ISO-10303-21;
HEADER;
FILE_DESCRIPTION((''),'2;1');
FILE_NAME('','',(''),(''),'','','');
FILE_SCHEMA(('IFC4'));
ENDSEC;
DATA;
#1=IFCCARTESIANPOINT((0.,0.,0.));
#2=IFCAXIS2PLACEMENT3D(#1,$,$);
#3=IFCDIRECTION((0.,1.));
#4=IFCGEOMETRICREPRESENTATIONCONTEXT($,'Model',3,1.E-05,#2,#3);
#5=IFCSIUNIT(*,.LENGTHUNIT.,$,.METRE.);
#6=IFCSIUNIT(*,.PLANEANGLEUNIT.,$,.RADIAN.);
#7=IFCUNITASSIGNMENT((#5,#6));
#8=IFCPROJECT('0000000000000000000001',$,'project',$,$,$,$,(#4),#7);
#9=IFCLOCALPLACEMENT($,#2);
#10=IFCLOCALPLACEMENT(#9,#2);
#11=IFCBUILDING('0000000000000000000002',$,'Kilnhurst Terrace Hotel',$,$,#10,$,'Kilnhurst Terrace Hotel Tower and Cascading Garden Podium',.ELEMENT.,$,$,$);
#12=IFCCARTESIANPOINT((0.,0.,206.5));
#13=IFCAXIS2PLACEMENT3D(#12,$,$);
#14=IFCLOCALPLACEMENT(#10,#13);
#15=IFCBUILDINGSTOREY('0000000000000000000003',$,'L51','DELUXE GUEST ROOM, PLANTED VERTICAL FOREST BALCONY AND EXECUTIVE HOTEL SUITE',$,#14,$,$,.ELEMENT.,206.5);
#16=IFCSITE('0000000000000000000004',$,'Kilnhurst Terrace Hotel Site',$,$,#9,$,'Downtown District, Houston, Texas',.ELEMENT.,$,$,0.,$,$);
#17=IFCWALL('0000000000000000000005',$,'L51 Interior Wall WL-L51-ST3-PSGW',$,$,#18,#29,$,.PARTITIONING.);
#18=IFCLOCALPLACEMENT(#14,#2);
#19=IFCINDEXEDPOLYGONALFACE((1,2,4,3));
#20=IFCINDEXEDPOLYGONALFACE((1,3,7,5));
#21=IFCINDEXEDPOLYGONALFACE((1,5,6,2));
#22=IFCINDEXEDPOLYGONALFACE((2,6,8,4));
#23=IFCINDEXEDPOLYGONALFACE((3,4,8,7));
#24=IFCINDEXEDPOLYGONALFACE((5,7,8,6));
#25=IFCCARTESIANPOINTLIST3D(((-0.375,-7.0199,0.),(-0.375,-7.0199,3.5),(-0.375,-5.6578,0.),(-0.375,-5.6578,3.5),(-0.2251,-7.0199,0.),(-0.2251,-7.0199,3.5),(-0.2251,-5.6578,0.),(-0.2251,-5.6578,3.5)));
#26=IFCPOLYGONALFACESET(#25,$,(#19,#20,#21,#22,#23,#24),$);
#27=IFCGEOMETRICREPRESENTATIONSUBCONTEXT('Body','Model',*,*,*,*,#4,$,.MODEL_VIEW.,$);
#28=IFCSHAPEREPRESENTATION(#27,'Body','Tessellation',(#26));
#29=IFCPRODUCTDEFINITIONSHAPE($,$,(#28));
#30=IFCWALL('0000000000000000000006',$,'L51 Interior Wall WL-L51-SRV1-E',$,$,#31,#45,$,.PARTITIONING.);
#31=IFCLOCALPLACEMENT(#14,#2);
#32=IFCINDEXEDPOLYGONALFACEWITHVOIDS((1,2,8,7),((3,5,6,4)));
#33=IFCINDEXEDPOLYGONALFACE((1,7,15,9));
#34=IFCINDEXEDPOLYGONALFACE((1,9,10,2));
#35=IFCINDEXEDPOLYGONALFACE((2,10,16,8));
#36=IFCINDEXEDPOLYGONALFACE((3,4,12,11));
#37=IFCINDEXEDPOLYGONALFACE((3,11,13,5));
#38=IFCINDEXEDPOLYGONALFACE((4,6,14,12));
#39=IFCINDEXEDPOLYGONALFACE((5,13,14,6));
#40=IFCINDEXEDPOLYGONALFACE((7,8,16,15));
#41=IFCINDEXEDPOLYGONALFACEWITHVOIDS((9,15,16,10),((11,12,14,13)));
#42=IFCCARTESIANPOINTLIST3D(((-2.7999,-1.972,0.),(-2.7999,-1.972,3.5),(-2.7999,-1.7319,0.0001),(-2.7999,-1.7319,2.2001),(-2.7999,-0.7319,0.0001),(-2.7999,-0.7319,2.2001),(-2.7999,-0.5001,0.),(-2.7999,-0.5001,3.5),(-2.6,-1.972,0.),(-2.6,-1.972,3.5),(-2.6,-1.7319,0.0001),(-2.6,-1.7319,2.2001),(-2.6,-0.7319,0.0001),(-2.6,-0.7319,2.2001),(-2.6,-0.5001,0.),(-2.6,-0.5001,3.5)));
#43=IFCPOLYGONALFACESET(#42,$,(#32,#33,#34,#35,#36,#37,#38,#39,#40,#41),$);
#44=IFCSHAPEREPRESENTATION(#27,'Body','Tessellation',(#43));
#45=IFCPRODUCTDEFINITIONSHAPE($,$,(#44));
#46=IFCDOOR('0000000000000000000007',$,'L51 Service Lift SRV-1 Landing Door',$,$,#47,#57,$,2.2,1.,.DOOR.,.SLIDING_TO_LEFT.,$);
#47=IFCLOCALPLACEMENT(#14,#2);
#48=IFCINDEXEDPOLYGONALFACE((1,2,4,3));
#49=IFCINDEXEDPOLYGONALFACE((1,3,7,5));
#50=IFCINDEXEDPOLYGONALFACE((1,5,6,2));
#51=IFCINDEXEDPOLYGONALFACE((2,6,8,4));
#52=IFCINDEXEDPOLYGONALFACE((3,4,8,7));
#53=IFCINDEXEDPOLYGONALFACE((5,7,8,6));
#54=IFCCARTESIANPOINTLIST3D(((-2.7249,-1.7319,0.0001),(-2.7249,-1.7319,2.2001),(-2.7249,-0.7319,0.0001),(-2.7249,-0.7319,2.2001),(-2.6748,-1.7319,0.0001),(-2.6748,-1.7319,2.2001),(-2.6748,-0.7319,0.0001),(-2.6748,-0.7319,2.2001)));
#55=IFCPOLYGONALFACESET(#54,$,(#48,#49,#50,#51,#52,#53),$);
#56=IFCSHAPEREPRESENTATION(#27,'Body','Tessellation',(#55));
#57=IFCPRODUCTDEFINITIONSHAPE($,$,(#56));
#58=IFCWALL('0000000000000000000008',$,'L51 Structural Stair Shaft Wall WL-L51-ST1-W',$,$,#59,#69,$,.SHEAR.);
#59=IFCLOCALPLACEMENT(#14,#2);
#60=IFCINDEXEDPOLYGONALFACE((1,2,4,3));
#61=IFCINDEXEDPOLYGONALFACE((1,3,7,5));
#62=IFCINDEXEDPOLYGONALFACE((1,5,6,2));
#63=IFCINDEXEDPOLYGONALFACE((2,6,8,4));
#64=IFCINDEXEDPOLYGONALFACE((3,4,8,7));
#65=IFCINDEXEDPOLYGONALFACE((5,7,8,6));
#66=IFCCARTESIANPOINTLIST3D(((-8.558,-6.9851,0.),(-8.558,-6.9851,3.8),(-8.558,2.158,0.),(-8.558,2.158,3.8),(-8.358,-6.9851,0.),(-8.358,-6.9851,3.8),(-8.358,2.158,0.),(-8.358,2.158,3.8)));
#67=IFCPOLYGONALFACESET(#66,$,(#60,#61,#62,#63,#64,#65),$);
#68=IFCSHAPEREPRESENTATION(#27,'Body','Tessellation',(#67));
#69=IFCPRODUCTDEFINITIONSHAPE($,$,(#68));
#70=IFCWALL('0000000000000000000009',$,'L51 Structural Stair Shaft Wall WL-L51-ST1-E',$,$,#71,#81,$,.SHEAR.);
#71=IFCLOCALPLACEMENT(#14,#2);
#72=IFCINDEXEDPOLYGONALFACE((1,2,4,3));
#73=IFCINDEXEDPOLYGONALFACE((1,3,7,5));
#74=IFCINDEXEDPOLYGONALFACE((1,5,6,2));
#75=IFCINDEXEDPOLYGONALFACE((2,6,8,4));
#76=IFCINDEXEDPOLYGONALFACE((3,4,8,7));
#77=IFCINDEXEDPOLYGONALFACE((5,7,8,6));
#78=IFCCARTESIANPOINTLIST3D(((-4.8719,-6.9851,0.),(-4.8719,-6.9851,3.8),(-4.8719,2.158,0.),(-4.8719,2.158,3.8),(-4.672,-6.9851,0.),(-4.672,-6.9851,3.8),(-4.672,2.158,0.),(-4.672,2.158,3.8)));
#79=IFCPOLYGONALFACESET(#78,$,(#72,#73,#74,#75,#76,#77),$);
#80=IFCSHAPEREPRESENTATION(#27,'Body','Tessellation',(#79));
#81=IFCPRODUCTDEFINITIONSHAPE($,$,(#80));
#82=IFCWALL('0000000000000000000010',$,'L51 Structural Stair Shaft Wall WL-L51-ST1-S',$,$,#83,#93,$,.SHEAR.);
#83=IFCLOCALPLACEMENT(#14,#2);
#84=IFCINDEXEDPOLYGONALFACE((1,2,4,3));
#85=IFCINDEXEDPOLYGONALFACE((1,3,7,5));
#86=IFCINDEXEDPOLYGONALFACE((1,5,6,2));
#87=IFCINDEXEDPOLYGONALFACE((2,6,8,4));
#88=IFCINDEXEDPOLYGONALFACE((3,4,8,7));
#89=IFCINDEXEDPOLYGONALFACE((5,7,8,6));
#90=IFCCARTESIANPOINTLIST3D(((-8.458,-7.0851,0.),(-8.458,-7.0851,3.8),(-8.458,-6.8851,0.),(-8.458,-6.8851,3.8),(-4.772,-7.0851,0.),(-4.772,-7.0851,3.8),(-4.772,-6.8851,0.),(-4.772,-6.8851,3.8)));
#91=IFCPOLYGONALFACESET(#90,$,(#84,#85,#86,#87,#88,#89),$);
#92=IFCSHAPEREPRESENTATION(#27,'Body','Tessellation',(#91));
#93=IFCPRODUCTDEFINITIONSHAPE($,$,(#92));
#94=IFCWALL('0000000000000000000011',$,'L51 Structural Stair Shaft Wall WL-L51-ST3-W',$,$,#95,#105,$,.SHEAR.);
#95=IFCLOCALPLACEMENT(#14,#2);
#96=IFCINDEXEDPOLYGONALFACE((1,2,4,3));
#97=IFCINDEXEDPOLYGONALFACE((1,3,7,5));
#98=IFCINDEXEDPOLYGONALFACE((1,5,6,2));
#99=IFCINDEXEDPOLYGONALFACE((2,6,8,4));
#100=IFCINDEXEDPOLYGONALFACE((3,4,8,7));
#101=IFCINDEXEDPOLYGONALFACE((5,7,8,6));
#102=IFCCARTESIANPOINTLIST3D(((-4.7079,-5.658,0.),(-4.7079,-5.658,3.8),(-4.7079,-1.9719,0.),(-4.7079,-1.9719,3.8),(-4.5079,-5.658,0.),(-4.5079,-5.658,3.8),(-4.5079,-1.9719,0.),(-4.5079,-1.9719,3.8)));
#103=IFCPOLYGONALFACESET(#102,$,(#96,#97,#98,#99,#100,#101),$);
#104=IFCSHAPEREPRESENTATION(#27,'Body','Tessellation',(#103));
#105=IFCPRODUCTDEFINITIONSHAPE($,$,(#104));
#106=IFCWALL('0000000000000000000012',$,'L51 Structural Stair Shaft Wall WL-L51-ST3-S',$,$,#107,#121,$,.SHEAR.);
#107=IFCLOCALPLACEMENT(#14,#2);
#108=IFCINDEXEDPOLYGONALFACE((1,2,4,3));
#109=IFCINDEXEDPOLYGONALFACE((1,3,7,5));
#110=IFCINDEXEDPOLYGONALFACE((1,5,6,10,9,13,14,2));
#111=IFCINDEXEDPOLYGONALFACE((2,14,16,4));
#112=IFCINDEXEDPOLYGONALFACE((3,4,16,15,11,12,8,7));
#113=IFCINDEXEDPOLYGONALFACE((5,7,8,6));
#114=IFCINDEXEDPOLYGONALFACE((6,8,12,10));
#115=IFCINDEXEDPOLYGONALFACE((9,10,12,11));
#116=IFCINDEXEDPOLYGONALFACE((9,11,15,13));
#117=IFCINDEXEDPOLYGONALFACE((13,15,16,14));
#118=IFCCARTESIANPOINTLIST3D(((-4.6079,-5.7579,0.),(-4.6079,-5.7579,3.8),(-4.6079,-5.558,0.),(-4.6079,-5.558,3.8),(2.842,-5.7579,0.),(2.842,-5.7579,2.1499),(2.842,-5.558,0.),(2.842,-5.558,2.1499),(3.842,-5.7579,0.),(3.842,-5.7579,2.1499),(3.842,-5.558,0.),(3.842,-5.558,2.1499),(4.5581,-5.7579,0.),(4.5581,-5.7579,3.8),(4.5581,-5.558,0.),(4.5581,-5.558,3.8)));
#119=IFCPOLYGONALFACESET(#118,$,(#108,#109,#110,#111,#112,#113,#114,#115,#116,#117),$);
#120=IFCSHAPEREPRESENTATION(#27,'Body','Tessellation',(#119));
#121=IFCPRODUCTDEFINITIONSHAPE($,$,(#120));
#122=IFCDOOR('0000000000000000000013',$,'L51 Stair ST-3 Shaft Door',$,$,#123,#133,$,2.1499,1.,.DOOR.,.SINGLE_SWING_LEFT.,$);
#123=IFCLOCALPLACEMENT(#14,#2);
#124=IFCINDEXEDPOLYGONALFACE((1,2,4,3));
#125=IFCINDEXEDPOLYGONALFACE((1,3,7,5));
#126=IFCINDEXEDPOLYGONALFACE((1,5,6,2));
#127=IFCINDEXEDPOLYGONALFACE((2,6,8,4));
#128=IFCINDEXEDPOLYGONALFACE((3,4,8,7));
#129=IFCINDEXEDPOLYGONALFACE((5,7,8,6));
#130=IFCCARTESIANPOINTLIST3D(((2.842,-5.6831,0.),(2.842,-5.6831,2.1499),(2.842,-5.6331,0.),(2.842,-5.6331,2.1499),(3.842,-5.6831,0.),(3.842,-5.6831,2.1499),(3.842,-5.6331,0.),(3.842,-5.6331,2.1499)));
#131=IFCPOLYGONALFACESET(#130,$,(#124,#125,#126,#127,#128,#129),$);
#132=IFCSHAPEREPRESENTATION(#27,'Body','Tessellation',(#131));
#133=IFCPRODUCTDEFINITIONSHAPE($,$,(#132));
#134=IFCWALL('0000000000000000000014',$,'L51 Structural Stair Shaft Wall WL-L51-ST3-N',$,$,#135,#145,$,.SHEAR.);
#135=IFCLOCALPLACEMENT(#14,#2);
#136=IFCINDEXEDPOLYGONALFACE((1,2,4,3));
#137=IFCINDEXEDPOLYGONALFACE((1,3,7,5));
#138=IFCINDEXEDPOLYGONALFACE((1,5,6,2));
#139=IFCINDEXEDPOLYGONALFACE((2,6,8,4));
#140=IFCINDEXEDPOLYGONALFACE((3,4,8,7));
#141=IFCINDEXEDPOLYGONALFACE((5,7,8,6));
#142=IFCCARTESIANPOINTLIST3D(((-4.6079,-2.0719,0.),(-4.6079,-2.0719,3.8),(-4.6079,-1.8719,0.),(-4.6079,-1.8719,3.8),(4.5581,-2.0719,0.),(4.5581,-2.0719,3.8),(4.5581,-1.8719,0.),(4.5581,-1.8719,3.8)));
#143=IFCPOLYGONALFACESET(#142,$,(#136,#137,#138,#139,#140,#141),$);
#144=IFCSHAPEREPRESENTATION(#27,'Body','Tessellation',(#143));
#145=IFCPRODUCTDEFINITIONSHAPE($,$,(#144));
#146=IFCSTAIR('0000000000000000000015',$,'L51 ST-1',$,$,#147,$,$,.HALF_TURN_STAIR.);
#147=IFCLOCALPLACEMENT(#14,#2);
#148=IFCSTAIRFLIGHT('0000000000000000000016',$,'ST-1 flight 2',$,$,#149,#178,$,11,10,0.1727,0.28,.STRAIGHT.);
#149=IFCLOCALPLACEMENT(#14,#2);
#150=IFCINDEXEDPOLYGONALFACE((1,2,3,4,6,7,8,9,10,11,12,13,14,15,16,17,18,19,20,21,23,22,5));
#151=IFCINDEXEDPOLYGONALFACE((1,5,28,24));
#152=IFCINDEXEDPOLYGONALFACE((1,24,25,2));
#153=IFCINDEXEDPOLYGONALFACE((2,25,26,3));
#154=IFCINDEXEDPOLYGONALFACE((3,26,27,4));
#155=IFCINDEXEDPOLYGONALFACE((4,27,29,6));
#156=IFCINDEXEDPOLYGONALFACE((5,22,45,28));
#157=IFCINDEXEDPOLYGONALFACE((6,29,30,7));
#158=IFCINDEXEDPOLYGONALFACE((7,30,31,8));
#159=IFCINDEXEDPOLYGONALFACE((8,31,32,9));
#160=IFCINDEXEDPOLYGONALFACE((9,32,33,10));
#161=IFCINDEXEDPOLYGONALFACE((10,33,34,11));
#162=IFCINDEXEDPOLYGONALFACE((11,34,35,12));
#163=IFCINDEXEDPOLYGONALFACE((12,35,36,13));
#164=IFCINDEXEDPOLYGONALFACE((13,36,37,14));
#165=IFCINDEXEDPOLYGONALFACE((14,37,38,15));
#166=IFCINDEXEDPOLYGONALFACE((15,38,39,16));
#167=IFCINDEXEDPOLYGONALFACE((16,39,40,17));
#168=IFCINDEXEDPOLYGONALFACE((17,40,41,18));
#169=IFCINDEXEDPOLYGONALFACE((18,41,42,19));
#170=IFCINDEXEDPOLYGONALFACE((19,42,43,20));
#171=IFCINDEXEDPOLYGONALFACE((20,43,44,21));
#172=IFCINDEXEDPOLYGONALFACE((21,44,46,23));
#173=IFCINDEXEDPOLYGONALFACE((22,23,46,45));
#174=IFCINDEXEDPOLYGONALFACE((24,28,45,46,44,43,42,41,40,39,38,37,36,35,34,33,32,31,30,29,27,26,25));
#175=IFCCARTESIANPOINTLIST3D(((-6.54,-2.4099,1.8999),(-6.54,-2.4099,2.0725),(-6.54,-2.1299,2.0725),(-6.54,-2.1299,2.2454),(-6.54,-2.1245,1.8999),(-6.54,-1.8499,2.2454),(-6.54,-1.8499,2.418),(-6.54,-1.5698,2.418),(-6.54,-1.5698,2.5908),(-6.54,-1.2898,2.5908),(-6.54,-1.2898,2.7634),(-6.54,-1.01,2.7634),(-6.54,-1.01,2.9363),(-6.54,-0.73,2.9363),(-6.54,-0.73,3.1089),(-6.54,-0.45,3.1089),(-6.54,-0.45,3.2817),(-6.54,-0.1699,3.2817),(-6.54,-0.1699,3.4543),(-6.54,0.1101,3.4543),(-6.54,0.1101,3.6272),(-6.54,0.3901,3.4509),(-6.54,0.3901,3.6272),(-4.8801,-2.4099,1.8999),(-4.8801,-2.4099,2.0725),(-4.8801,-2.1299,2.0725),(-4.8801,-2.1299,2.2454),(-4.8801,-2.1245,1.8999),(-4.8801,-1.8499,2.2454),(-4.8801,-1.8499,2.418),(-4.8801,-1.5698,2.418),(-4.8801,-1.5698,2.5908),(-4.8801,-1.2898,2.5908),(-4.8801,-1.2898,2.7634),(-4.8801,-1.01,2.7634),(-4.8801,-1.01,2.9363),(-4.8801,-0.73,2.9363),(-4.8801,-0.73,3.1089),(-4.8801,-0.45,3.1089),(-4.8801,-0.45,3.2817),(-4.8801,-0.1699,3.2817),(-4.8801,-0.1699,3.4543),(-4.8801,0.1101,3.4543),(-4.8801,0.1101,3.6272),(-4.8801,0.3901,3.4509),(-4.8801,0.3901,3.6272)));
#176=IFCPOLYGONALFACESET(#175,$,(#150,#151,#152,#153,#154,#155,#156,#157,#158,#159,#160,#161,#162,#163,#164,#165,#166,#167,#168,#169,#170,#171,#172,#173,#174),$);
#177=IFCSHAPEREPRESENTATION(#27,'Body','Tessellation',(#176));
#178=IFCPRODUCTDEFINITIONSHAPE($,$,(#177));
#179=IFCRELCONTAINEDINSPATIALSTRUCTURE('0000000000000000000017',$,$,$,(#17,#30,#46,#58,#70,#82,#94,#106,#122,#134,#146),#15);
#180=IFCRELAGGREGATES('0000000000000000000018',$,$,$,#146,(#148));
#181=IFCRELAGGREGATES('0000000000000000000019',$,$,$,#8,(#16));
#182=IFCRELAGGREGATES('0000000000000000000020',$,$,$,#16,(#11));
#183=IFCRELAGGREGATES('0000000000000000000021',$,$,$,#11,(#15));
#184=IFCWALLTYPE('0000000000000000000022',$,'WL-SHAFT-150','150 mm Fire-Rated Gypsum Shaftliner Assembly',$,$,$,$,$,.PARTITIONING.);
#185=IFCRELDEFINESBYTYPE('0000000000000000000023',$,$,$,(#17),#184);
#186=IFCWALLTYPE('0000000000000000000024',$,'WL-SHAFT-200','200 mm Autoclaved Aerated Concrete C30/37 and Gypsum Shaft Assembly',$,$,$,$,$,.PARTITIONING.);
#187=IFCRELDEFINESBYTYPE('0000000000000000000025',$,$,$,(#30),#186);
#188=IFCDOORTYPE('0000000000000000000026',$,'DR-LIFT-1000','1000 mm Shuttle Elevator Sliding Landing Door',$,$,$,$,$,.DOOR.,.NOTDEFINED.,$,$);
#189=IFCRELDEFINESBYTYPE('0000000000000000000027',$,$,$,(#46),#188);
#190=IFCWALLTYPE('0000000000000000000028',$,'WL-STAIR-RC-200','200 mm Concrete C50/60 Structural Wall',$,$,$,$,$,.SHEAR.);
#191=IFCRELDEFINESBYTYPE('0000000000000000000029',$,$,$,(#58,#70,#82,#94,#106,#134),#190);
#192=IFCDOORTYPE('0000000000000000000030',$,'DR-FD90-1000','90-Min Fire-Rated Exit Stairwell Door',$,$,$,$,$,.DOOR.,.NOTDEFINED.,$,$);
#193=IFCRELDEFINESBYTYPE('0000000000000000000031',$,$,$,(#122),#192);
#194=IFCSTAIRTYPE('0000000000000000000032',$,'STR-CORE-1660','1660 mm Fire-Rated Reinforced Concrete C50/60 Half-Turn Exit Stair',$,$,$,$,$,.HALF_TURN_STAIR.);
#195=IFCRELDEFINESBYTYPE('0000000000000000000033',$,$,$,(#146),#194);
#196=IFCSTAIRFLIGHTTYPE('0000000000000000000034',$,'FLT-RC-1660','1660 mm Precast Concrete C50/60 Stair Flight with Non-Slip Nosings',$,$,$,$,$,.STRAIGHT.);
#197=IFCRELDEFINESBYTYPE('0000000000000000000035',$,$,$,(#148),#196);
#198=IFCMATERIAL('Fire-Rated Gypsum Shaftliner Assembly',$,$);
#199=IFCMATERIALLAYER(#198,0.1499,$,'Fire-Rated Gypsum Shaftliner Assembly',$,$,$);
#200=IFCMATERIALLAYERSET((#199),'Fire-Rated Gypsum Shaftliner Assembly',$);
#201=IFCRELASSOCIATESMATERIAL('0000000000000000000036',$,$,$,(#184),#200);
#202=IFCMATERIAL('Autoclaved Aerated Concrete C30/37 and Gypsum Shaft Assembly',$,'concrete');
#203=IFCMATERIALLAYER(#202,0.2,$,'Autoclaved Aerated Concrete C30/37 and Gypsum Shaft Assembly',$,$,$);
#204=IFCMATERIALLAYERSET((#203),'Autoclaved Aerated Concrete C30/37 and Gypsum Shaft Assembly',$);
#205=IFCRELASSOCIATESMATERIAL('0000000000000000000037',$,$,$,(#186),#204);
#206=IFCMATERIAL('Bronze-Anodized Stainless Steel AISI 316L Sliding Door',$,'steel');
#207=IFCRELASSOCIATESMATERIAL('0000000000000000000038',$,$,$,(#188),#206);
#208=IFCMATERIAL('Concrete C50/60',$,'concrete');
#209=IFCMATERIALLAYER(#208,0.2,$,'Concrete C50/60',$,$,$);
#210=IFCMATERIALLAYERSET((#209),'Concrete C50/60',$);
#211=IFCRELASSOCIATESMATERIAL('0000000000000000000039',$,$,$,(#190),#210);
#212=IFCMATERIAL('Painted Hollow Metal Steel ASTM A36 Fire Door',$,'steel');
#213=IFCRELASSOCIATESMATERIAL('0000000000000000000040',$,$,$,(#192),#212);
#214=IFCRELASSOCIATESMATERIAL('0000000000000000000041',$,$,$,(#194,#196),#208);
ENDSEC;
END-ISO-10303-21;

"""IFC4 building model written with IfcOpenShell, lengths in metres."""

from ifc_helpers import new_model, si_unit, direction, frame, frame_2d, origin, place, context, subcontext, project, spatial, polyline, rectangle, outline, extrude, material, layer, layer_set, type_object, element, fill, aggregate, save


model = new_model("IFC4")

# Units and contexts
model_context = context("Model", 3, precision=1e-05, world=origin(), true_north=direction((0.0, 1.0)))
body_context = subcontext(model_context, "Body", "Model", "MODEL_VIEW")
ifc_project = project(units=[si_unit("LENGTHUNIT", "METRE"), si_unit("PLANEANGLEUNIT", "RADIAN")], contexts=[model_context])

# Site, building, storey
site_placement = place(None, origin())
site = spatial("IfcSite", under=ifc_project, at=site_placement, Name="Kilnhurst Terrace Hotel Site", LongName="Downtown District, Houston, Texas", CompositionType="ELEMENT", RefElevation=0.0)
building_placement = place(site_placement, origin())
building = spatial("IfcBuilding", under=site, at=building_placement, Name="Kilnhurst Terrace Hotel", LongName="Kilnhurst Terrace Hotel Tower and Cascading Garden Podium", CompositionType="ELEMENT")
storey_placement = place(building_placement, frame((0.0, 0.0, 206.5)))
storey = spatial("IfcBuildingStorey", under=building, at=storey_placement, Name="L51", Description="DELUXE GUEST ROOM, PLANTED VERTICAL FOREST BALCONY AND EXECUTIVE HOTEL SUITE", CompositionType="ELEMENT", Elevation=206.5)

# Shared definitions
ifc_material_1 = material(Name="Painted Hollow Metal Steel ASTM A36 Fire Door", Category="steel")

# Wall
ifc_material_2 = material(Name="Fire-Rated Gypsum Shaftliner Assembly")
ifc_layer_1 = layer(ifc_material_2, 0.1499, Name="Fire-Rated Gypsum Shaftliner Assembly")
ifc_layer_set_1 = layer_set([ifc_layer_1], Name="Fire-Rated Gypsum Shaftliner Assembly")
wall_type_1 = type_object("IfcWallType", Name="WL-SHAFT-150", Description="150 mm Fire-Rated Gypsum Shaftliner Assembly", PredefinedType="PARTITIONING", material=ifc_layer_set_1)
wall_1_placement = place(storey_placement, frame((-0.3, -7.02, 0.0), z_axis=(0.0, 0.0, 1.0), x_axis=(0.0, 1.0, 0.0)))
element("IfcWall", 1, at=wall_1_placement, inside=storey, type_object=wall_type_1, Name="L51 Interior Wall WL-L51-ST3-PSGW", PredefinedType="PARTITIONING", context=body_context, shape_type="SweptSolid", body=[
    extrude(rectangle(XDim=1.3621, YDim=0.1499, at=frame_2d((0.6812, 0.0))), origin(), (0.0, 0.0, 1.0), 3.5),
])

# Wall, opening, door
ifc_material_3 = material(Name="Autoclaved Aerated Concrete C30/37 and Gypsum Shaft Assembly", Category="concrete")
ifc_layer_2 = layer(ifc_material_3, 0.2, Name="Autoclaved Aerated Concrete C30/37 and Gypsum Shaft Assembly")
ifc_layer_set_2 = layer_set([ifc_layer_2], Name="Autoclaved Aerated Concrete C30/37 and Gypsum Shaft Assembly")
wall_type_2 = type_object("IfcWallType", Name="WL-SHAFT-200", Description="200 mm Autoclaved Aerated Concrete C30/37 and Gypsum Shaft Assembly", PredefinedType="PARTITIONING", material=ifc_layer_set_2)
wall_2_placement = place(storey_placement, frame((-2.7, -1.9719, 0.0), z_axis=(0.0, 0.0, 1.0), x_axis=(0.0, 1.0, 0.0)))
wall_2 = element("IfcWall", 2, at=wall_2_placement, inside=storey, type_object=wall_type_2, Name="L51 Interior Wall WL-L51-SRV1-E", PredefinedType="PARTITIONING", context=body_context, shape_type="SweptSolid", body=[
    extrude(rectangle(XDim=1.4719, YDim=0.2, at=frame_2d((0.7358, 0.0))), origin(), (0.0, 0.0, 1.0), 3.5),
])
opening_1_placement = place(wall_2_placement, frame((0.24, 0.0, 0.0)))
opening_1 = element("IfcOpeningElement", 3, at=opening_1_placement, cuts=wall_2, PredefinedType="OPENING", context=body_context, shape_type="SweptSolid", body=[
    extrude(rectangle(XDim=1.0, YDim=2.2, at=frame_2d((0.5, 1.1001))), frame((0.0, 0.1099, 0.0), z_axis=(0.0, -1.0, 0.0), x_axis=(1.0, 0.0, 0.0)), (0.0, 0.0, 1.0), 0.22),
])
ifc_material_4 = material(Name="Bronze-Anodized Stainless Steel AISI 316L Sliding Door", Category="steel")
door_type_1 = type_object("IfcDoorType", Name="DR-LIFT-1000", Description="1000 mm Shuttle Elevator Sliding Landing Door", OperationType="NOTDEFINED", PredefinedType="DOOR", material=ifc_material_4)
door_1_placement = place(opening_1_placement, origin())
door_1 = element("IfcDoor", 4, at=door_1_placement, inside=storey, type_object=door_type_1, Name="L51 Service Lift SRV-1 Landing Door", OperationType="SLIDING_TO_LEFT", OverallHeight=2.2, OverallWidth=1.0, PredefinedType="DOOR", context=body_context, shape_type="SweptSolid", body=[
    extrude(rectangle(XDim=1.0, YDim=2.2, at=frame_2d((0.5, 1.1001))), frame((0.0, 0.0249, 0.0), z_axis=(0.0, -1.0, 0.0), x_axis=(1.0, 0.0, 0.0)), (0.0, 0.0, 1.0), 0.05),
])
fill(opening_1, door_1)

# Walls
ifc_material_5 = material(Name="Concrete C50/60", Category="concrete")
ifc_layer_3 = layer(ifc_material_5, 0.2, Name="Concrete C50/60")
ifc_layer_set_3 = layer_set([ifc_layer_3], Name="Concrete C50/60")
wall_type_3 = type_object("IfcWallType", Name="WL-STAIR-RC-200", Description="200 mm Concrete C50/60 Structural Wall", PredefinedType="SHEAR", material=ifc_layer_set_3)
for number, where, z_axis, x_axis, name in (
    (5, (-8.458, -6.9851, 0.0), (0.0, 0.0, 1.0), (0.0, 1.0, 0.0), "L51 Structural Stair Shaft Wall WL-L51-ST1-W"),
    (6, (-4.772, -6.9851, 0.0), (0.0, 0.0, 1.0), (0.0, 1.0, 0.0), "L51 Structural Stair Shaft Wall WL-L51-ST1-E"),
):
    element("IfcWall", number, at=place(storey_placement, frame(where, z_axis=z_axis, x_axis=x_axis)), inside=storey, type_object=wall_type_3, Name=name, PredefinedType="SHEAR", context=body_context, shape_type="SweptSolid", body=[
        extrude(rectangle(XDim=9.1431, YDim=0.2, at=frame_2d((4.5715, 0.0))), origin(), (0.0, 0.0, 1.0), 3.8),
    ])
for number, where, z_axis, x_axis, name in (
    (7, (-8.458, -6.9851, 0.0), (0.0, 0.0, 1.0), (1.0, 0.0, 0.0), "L51 Structural Stair Shaft Wall WL-L51-ST1-S"),
    (8, (-4.6079, -5.658, 0.0), (0.0, 0.0, 1.0), (0.0, 1.0, 0.0), "L51 Structural Stair Shaft Wall WL-L51-ST3-W"),
):
    element("IfcWall", number, at=place(storey_placement, frame(where, z_axis=z_axis, x_axis=x_axis)), inside=storey, type_object=wall_type_3, Name=name, PredefinedType="SHEAR", context=body_context, shape_type="SweptSolid", body=[
        extrude(rectangle(XDim=3.686, YDim=0.2, at=frame_2d((1.843, 0.0))), origin(), (0.0, 0.0, 1.0), 3.8),
    ])

# Wall, opening, door
wall_3_placement = place(storey_placement, frame((-4.6079, -5.658, 0.0), z_axis=(0.0, 0.0, 1.0), x_axis=(1.0, 0.0, 0.0)))
wall_3 = element("IfcWall", 9, at=wall_3_placement, inside=storey, type_object=wall_type_3, Name="L51 Structural Stair Shaft Wall WL-L51-ST3-S", PredefinedType="SHEAR", context=body_context, shape_type="SweptSolid", body=[
    extrude(rectangle(XDim=9.166, YDim=0.2, at=frame_2d((4.583, 0.0))), origin(), (0.0, 0.0, 1.0), 3.8),
])
opening_2_placement = place(wall_3_placement, frame((7.45, 0.0, 0.0)))
opening_2 = element("IfcOpeningElement", 10, at=opening_2_placement, cuts=wall_3, PredefinedType="OPENING", context=body_context, shape_type="SweptSolid", body=[
    extrude(rectangle(XDim=1.0, YDim=2.1499, at=frame_2d((0.5, 1.075))), frame((0.0, 0.1099, 0.0), z_axis=(0.0, -1.0, 0.0), x_axis=(1.0, 0.0, 0.0)), (0.0, 0.0, 1.0), 0.22),
])
door_type_2 = type_object("IfcDoorType", Name="DR-FD90-1000", Description="90-Min Fire-Rated Exit Stairwell Door", OperationType="NOTDEFINED", PredefinedType="DOOR", material=ifc_material_1)
door_2_placement = place(opening_2_placement, origin())
door_2 = element("IfcDoor", 11, at=door_2_placement, inside=storey, type_object=door_type_2, Name="L51 Stair ST-3 Shaft Door", OperationType="SINGLE_SWING_LEFT", OverallHeight=2.1499, OverallWidth=1.0, PredefinedType="DOOR", context=body_context, shape_type="SweptSolid", body=[
    extrude(rectangle(XDim=1.0, YDim=2.1499, at=frame_2d((0.5, 1.075))), frame((0.0, 0.0249, 0.0), z_axis=(0.0, -1.0, 0.0), x_axis=(1.0, 0.0, 0.0)), (0.0, 0.0, 1.0), 0.05),
])
fill(opening_2, door_2)

# Wall
wall_4_placement = place(storey_placement, frame((-4.6079, -1.9719, 0.0), z_axis=(0.0, 0.0, 1.0), x_axis=(1.0, 0.0, 0.0)))
element("IfcWall", 12, at=wall_4_placement, inside=storey, type_object=wall_type_3, Name="L51 Structural Stair Shaft Wall WL-L51-ST3-N", PredefinedType="SHEAR", context=body_context, shape_type="SweptSolid", body=[
    extrude(rectangle(XDim=9.166, YDim=0.2, at=frame_2d((4.583, 0.0))), origin(), (0.0, 0.0, 1.0), 3.8),
])

# Stair, stair flight
stair_type = type_object("IfcStairType", Name="STR-CORE-1660", Description="1660 mm Fire-Rated Reinforced Concrete C50/60 Half-Turn Exit Stair", PredefinedType="HALF_TURN_STAIR", material=ifc_material_5)
stair_1_placement = place(storey_placement, origin())
stair_1 = element("IfcStair", 13, at=stair_1_placement, inside=storey, type_object=stair_type, Name="L51 ST-1", PredefinedType="HALF_TURN_STAIR")
stair_flight_type = type_object("IfcStairFlightType", Name="FLT-RC-1660", Description="1660 mm Precast Concrete C50/60 Stair Flight with Non-Slip Nosings", PredefinedType="STRAIGHT", material=ifc_material_5)
stair_flight_1_placement = place(storey_placement, frame((-5.71, -2.4099, 1.8999), z_axis=(0.0, 0.0, 1.0), x_axis=(0.0, 1.0, 0.0)))
stair_flight_1 = element("IfcStairFlight", 14, at=stair_flight_1_placement, type_object=stair_flight_type, Name="ST-1 flight 2", NumberOfRisers=11, NumberOfTreads=10, PredefinedType="STRAIGHT", RiserHeight=0.1727, TreadLength=0.28, context=body_context, shape_type="SweptSolid", body=[
    extrude(outline(polyline([(0.0, 0.0), (0.0, 0.1726), (0.28, 0.1726), (0.28, 0.3455), (0.5601, 0.3455), (0.5601, 0.5181), (0.8401, 0.5181), (0.8401, 0.6909), (1.1201, 0.6909), (1.1201, 0.8635), (1.3999, 0.8635), (1.3999, 1.0364), (1.6799, 1.0364), (1.6799, 1.209), (1.96, 1.209), (1.96, 1.3818), (2.24, 1.3818), (2.24, 1.5544), (2.52, 1.5544), (2.52, 1.7273), (2.8, 1.7273), (2.8, 1.8999), (2.8, 1.551), (0.2854, 0.0), (0.0, 0.0)])), frame((0.0, 0.8301, 0.0), z_axis=(0.0, -1.0, 0.0), x_axis=(1.0, 0.0, 0.0)), (0.0, 0.0, 1.0), 1.6599),
])
aggregate(stair_1, [stair_flight_1])

save(model, "model.ifc")
